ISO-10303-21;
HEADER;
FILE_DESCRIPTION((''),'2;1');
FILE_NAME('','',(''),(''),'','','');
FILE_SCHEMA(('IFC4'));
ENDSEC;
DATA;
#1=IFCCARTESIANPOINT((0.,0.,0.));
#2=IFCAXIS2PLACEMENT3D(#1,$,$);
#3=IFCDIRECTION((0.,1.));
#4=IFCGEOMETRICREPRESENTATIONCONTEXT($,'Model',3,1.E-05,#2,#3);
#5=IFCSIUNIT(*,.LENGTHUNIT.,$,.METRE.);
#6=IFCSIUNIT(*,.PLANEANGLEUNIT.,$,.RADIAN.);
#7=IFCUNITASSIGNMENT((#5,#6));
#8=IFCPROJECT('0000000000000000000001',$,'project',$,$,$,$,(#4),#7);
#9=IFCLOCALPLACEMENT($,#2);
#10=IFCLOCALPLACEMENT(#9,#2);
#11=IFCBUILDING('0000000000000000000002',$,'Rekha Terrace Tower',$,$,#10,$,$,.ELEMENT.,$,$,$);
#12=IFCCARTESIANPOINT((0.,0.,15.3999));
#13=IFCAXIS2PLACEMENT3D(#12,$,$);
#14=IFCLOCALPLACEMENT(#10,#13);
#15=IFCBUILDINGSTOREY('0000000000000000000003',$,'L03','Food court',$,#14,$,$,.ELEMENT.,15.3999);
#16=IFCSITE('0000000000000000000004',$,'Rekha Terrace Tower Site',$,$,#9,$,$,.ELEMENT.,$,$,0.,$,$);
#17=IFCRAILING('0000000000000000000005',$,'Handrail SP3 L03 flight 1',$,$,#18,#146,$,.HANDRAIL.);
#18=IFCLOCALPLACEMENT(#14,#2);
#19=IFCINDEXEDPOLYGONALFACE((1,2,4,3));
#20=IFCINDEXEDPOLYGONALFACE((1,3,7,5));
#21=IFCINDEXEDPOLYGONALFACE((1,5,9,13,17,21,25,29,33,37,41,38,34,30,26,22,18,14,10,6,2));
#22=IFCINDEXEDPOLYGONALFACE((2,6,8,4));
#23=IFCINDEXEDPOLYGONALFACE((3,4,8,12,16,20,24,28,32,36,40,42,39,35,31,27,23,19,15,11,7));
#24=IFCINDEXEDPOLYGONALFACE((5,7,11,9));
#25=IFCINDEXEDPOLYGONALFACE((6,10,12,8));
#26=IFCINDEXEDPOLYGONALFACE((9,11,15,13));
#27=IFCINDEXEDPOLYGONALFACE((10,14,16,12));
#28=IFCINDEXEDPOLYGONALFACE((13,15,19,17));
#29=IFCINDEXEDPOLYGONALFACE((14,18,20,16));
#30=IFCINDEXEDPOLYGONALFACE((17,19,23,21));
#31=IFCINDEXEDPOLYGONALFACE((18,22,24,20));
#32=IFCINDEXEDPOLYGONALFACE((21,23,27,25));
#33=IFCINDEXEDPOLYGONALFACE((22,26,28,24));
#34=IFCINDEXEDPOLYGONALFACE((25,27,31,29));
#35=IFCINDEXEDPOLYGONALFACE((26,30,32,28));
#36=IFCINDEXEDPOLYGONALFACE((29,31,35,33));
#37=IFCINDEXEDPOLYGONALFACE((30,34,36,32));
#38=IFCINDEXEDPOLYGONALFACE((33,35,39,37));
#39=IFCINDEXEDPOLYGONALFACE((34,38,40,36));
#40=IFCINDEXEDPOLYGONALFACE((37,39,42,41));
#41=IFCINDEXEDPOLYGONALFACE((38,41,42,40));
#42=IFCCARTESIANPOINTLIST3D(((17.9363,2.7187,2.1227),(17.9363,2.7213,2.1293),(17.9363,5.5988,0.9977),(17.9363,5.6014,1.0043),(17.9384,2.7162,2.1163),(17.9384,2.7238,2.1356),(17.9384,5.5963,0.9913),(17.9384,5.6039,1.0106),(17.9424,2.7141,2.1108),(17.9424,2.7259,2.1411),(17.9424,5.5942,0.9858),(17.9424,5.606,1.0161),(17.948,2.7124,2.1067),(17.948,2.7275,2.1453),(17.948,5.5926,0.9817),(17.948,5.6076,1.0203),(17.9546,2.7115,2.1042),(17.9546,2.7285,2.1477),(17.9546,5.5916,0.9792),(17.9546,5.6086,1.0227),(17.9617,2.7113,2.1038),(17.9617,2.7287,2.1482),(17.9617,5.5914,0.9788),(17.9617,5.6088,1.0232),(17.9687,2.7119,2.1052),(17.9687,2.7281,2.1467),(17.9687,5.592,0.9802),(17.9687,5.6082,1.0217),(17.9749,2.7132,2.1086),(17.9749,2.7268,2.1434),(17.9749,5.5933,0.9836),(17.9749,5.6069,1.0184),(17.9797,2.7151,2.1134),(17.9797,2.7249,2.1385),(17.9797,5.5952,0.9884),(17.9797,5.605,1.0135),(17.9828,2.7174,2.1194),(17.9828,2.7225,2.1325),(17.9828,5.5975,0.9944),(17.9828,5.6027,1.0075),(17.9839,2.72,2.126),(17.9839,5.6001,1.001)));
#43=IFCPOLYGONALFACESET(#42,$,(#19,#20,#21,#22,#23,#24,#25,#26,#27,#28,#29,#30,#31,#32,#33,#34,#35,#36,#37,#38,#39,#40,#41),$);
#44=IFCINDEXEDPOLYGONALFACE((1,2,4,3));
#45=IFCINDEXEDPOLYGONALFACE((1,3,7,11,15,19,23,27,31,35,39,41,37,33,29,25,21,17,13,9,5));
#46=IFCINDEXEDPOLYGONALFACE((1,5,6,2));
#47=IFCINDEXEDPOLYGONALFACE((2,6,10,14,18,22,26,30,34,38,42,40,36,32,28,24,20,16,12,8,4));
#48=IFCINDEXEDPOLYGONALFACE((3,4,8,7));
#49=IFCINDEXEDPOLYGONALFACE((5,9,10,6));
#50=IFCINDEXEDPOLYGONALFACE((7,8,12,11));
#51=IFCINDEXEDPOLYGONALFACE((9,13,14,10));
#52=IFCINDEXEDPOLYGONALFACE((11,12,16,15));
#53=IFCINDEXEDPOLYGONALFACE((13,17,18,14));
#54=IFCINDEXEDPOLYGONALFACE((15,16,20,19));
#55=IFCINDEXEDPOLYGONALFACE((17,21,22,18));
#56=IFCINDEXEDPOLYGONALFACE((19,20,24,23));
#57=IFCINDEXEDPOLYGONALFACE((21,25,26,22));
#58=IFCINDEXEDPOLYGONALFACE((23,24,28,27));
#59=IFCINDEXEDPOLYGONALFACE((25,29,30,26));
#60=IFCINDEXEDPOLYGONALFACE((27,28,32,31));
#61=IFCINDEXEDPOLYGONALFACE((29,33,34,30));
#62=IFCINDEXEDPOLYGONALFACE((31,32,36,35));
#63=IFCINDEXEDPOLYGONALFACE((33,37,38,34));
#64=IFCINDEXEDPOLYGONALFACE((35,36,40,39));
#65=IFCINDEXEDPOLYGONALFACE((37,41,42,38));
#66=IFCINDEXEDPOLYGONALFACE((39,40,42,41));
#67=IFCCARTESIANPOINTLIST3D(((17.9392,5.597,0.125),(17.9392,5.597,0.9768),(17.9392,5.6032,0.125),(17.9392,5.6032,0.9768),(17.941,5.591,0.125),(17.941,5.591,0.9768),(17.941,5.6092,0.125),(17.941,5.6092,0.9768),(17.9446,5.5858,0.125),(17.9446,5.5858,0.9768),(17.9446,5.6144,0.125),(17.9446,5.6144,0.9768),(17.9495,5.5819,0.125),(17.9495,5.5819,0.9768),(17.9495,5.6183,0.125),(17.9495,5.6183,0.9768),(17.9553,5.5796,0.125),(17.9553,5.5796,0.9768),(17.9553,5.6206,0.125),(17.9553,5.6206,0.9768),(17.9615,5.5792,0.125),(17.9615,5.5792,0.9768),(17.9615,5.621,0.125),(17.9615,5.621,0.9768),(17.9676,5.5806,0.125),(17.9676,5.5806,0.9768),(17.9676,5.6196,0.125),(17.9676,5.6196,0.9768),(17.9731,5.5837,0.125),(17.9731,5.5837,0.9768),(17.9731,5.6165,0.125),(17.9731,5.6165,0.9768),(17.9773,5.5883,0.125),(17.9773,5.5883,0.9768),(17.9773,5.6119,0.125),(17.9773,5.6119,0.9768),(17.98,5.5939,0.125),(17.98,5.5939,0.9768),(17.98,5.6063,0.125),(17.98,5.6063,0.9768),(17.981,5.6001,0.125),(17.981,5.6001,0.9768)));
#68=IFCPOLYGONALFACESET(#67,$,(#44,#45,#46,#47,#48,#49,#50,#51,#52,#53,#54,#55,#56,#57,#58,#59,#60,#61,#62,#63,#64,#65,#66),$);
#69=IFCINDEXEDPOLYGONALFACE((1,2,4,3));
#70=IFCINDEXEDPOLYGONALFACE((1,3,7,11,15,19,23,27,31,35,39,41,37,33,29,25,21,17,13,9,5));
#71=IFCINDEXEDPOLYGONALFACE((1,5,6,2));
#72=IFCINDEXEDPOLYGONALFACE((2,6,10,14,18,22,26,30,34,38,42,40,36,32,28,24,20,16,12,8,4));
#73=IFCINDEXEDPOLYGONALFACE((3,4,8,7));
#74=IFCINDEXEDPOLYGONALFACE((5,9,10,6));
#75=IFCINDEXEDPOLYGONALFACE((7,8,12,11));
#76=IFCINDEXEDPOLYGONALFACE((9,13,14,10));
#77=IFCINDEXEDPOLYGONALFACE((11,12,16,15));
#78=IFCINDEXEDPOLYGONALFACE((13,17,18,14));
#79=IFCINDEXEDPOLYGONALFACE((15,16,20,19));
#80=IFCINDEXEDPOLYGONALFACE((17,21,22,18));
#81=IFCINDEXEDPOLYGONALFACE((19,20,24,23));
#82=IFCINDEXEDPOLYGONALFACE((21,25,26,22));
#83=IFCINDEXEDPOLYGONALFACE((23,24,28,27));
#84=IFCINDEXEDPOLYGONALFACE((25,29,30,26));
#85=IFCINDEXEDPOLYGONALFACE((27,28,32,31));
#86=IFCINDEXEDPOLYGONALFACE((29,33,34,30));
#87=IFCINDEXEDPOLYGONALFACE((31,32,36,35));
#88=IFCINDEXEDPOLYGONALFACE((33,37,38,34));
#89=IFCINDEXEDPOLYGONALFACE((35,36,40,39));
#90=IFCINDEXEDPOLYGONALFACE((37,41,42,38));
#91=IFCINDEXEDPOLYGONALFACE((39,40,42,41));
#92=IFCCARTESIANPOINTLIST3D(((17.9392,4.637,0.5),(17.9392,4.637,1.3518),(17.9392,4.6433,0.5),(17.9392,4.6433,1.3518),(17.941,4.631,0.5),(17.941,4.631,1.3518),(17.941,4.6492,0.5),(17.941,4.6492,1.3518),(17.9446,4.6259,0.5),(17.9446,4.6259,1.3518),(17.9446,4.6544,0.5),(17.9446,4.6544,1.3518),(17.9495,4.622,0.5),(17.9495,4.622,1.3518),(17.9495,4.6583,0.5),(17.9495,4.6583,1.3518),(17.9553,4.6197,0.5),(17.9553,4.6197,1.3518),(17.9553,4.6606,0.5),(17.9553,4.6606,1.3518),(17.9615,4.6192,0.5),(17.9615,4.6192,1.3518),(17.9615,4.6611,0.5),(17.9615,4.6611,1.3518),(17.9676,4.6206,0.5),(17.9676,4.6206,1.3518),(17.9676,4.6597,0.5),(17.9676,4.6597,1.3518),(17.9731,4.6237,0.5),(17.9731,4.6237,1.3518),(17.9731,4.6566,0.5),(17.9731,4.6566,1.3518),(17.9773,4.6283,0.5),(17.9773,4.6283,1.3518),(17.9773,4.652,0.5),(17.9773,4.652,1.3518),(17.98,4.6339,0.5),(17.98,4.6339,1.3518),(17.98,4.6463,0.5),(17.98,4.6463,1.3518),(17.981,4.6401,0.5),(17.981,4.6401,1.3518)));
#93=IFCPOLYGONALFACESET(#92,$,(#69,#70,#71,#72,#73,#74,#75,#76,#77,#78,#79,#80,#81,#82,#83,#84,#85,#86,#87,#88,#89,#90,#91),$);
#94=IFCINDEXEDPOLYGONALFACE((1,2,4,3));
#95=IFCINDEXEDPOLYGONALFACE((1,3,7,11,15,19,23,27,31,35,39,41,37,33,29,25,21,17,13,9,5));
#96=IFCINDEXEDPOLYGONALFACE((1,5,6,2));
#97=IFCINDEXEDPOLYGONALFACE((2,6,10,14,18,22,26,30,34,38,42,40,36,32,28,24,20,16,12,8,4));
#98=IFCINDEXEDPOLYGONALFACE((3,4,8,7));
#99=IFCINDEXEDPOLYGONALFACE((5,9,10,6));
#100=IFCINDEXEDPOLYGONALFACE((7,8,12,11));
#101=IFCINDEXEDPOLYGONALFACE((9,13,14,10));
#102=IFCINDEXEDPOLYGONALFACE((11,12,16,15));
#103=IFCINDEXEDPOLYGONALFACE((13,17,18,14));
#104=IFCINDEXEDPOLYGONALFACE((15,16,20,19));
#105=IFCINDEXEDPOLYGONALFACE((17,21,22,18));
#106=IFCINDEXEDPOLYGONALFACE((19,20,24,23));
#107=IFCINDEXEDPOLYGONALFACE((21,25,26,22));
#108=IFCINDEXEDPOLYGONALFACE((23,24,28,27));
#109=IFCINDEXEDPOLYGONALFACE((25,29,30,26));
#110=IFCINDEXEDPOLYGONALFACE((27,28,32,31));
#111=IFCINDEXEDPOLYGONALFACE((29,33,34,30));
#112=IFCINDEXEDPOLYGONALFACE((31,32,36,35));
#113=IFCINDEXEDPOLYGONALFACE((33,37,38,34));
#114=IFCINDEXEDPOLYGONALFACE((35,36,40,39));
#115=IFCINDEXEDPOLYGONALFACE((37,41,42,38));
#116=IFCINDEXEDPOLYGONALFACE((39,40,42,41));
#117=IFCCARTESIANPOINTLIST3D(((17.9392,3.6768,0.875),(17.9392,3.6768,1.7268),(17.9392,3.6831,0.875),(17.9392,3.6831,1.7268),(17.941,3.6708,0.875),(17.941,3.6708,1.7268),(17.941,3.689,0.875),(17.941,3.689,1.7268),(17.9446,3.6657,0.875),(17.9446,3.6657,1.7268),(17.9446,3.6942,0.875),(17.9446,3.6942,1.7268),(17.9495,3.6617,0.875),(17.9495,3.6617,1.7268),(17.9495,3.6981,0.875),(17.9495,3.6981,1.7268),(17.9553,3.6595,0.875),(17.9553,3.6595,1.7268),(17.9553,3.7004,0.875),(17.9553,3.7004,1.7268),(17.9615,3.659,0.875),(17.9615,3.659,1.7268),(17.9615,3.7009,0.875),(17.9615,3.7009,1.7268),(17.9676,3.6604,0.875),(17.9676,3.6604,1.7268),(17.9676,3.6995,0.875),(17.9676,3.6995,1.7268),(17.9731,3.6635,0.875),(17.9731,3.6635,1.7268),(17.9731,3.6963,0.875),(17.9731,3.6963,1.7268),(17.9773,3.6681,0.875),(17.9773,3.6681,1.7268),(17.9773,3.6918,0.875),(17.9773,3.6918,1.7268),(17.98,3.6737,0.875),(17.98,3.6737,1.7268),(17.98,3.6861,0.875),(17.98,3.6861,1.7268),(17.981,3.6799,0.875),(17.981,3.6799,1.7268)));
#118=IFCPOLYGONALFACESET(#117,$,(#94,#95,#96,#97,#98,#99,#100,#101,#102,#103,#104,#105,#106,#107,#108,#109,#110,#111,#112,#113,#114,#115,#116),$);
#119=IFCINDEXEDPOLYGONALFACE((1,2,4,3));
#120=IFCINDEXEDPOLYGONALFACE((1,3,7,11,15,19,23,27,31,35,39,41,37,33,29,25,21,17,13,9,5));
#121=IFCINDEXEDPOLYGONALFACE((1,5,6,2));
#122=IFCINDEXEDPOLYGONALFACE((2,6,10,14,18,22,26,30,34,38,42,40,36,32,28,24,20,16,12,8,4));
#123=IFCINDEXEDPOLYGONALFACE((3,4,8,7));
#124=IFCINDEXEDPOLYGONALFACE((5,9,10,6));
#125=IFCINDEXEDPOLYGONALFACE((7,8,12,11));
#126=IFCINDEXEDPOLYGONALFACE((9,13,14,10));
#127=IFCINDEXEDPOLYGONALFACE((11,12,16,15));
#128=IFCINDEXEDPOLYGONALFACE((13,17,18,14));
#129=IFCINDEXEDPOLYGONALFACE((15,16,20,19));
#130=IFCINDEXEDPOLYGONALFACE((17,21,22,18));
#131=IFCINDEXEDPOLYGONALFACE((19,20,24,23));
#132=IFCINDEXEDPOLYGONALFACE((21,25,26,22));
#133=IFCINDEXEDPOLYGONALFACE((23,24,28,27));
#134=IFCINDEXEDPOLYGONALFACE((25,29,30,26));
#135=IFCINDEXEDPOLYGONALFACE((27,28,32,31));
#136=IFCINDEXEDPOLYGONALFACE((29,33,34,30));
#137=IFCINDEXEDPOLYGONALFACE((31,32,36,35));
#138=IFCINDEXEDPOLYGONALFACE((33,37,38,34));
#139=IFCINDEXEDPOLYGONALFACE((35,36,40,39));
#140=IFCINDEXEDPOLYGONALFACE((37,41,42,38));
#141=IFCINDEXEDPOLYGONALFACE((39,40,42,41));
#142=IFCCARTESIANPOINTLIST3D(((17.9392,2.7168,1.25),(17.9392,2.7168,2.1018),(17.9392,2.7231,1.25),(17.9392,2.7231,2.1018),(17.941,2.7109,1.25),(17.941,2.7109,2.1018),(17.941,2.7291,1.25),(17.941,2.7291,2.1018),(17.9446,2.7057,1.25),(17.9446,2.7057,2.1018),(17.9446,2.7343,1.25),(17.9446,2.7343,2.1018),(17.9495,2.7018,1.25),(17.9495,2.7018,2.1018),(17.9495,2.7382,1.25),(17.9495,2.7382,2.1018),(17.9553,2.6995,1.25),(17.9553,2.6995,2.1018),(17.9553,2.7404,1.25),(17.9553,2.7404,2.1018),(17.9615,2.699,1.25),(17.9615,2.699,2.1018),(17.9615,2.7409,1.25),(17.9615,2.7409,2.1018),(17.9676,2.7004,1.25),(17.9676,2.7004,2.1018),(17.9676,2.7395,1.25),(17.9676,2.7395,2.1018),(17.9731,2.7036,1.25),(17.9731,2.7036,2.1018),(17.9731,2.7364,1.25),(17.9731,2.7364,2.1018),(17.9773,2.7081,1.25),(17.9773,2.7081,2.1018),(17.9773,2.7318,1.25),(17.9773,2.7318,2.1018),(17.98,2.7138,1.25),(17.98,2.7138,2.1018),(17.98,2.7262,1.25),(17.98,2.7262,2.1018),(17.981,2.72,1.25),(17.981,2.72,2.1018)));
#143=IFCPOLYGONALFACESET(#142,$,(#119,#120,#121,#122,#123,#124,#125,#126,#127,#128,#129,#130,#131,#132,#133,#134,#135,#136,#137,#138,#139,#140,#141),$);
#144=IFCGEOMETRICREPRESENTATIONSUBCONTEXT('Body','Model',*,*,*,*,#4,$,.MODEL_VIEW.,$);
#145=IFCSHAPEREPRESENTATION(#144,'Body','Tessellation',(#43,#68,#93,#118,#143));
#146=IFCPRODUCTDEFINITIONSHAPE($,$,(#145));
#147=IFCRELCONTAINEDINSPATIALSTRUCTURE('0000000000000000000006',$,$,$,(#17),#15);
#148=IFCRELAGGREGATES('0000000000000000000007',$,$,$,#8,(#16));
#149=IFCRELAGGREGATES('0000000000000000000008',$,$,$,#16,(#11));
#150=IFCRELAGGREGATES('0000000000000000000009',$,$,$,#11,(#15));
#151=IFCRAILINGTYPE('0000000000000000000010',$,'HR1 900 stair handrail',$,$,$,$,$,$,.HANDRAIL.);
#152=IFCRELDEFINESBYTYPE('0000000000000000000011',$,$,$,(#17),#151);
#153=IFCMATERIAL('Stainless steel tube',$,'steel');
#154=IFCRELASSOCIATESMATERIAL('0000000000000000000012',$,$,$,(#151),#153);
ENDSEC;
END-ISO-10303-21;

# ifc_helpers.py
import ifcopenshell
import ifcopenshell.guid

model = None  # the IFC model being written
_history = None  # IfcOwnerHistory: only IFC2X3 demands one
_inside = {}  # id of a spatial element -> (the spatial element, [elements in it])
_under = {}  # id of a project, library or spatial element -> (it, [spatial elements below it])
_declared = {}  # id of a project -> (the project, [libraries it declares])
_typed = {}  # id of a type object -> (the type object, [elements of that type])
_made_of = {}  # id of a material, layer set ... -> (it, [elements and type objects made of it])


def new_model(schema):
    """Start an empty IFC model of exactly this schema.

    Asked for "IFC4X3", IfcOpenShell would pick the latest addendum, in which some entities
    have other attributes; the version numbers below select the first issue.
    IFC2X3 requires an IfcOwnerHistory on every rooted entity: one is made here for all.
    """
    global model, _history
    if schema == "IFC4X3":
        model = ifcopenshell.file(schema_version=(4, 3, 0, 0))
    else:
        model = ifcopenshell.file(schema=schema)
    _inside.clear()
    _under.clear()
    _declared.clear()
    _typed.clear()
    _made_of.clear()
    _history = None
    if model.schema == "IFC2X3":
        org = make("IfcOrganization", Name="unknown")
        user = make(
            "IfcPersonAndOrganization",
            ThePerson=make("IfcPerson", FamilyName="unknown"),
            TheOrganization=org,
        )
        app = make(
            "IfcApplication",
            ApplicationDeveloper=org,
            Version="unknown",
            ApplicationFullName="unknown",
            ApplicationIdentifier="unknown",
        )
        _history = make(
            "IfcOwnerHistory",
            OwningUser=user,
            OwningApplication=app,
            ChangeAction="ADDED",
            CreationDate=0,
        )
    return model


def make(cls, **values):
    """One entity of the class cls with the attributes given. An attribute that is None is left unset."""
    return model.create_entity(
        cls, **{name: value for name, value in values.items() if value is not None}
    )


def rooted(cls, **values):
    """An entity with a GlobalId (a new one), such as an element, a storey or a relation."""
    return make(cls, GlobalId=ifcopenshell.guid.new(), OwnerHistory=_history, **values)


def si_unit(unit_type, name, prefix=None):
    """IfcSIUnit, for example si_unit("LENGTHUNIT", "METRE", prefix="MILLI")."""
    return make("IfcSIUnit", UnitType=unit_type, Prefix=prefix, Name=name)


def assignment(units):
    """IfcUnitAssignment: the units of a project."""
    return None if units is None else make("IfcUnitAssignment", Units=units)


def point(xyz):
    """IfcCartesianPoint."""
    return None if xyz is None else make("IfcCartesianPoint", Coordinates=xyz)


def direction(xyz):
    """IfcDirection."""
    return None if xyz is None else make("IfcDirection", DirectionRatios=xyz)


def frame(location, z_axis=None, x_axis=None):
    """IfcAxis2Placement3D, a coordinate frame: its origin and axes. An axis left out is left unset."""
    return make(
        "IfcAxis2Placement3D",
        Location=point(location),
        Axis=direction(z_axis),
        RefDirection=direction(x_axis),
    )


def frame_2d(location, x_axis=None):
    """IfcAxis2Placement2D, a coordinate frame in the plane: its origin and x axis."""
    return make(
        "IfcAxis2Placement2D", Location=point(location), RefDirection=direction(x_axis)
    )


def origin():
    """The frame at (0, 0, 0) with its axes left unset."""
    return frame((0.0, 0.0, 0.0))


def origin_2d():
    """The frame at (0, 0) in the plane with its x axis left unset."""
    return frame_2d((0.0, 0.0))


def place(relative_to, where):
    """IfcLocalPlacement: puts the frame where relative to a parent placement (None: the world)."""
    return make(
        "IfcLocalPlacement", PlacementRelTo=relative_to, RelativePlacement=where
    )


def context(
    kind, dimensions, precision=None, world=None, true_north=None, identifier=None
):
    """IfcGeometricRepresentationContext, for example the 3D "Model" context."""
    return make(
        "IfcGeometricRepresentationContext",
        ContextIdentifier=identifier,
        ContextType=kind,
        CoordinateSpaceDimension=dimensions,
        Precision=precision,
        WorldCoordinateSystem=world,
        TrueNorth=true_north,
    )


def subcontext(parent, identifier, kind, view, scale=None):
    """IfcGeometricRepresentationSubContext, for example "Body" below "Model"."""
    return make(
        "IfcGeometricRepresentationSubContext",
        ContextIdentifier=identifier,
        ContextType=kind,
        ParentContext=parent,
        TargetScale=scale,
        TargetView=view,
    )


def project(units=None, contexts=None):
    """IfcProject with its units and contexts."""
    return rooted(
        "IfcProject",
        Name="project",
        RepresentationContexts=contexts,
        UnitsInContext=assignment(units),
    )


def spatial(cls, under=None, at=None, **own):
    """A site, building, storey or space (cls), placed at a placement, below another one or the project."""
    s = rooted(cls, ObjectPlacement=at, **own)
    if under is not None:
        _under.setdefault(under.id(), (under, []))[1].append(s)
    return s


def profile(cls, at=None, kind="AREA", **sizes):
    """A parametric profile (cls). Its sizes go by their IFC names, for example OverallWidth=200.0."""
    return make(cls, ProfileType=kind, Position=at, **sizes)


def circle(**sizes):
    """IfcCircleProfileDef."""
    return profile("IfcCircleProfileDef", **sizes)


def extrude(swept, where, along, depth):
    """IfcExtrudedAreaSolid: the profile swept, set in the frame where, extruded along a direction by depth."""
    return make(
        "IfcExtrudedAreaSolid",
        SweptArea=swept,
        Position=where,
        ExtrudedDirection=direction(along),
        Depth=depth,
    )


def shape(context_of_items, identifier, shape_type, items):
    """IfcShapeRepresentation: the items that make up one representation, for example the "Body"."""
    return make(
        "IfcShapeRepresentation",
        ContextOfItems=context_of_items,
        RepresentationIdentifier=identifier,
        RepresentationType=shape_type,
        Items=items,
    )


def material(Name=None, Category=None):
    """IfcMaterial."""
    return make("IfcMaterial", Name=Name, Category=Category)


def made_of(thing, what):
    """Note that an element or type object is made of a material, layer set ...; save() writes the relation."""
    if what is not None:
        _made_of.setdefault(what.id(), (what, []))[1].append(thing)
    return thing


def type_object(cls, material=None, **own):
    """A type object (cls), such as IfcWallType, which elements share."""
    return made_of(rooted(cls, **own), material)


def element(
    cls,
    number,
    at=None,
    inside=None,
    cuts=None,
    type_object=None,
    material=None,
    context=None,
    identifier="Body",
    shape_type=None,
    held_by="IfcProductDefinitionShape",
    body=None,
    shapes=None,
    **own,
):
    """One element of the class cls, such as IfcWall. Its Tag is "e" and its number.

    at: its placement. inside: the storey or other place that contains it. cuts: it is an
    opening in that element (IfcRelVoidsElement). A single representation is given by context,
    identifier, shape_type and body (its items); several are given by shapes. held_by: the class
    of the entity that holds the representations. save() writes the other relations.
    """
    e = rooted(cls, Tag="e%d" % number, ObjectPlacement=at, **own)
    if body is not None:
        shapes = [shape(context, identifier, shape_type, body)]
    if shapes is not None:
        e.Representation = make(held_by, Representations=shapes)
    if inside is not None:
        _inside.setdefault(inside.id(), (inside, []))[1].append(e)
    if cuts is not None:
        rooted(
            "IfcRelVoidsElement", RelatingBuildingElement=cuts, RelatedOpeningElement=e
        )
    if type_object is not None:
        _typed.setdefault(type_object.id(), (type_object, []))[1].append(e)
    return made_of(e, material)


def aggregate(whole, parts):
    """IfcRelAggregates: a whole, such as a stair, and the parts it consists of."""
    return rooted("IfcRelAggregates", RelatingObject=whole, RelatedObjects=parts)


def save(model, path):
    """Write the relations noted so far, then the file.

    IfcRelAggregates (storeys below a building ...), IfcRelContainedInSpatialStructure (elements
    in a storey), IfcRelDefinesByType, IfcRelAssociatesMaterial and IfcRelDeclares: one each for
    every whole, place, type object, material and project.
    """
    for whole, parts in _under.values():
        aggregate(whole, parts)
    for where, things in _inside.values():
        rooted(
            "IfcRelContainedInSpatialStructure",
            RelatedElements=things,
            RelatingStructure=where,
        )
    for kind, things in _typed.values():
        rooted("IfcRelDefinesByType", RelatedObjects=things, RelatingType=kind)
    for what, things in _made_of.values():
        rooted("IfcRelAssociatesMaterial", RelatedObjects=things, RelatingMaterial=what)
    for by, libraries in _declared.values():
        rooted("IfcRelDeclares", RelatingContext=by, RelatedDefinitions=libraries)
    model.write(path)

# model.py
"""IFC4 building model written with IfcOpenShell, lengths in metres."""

from ifc_helpers import new_model, si_unit, direction, frame, origin, origin_2d, place, context, subcontext, project, spatial, circle, extrude, material, type_object, element, save


model = new_model("IFC4")

# Units and contexts
model_context = context("Model", 3, precision=1e-05, world=origin(), true_north=direction((0.0, 1.0)))
body_context = subcontext(model_context, "Body", "Model", "MODEL_VIEW")
ifc_project = project(units=[si_unit("LENGTHUNIT", "METRE"), si_unit("PLANEANGLEUNIT", "RADIAN")], contexts=[model_context])

# Site, building, storey
site_placement = place(None, origin())
site = spatial("IfcSite", under=ifc_project, at=site_placement, Name="Rekha Terrace Tower Site", CompositionType="ELEMENT", RefElevation=0.0)
building_placement = place(site_placement, origin())
building = spatial("IfcBuilding", under=site, at=building_placement, Name="Rekha Terrace Tower", CompositionType="ELEMENT")
storey_placement = place(building_placement, frame((0.0, 0.0, 15.3999)))
storey = spatial("IfcBuildingStorey", under=building, at=storey_placement, Name="L03", Description="Food court", CompositionType="ELEMENT", Elevation=15.3999)

# Railing
ifc_material_1 = material(Name="Stainless steel tube", Category="steel")
railing_type_1 = type_object("IfcRailingType", Name="HR1 900 stair handrail", PredefinedType="HANDRAIL", material=ifc_material_1)
railing_1_placement = place(storey_placement, frame((17.96, 5.6001, 0.125)))
element("IfcRailing", 1, at=railing_1_placement, inside=storey, type_object=railing_type_1, Name="Handrail SP3 L03 flight 1", PredefinedType="HANDRAIL", context=body_context, shape_type="SweptSolid", body=[
    extrude(circle(Radius=0.0239, at=origin_2d()), frame((0.0, 0.0, 0.876), z_axis=(0.0, -0.931463, 0.363837), x_axis=(1.0, 0.0, 0.0)), (0.0, 0.0, 1.0), 3.092),
    extrude(circle(Radius=0.021, at=origin_2d()), origin(), (0.0, 0.0, 1.0), 0.8518),
    extrude(circle(Radius=0.021, at=origin_2d()), frame((0.0, -0.96, 0.375)), (0.0, 0.0, 1.0), 0.8518),
    extrude(circle(Radius=0.021, at=origin_2d()), frame((0.0, -1.9202, 0.75)), (0.0, 0.0, 1.0), 0.8518),
    extrude(circle(Radius=0.021, at=origin_2d()), frame((0.0, -2.8801, 1.125)), (0.0, 0.0, 1.0), 0.8518),
])

save(model, "model.ifc")
